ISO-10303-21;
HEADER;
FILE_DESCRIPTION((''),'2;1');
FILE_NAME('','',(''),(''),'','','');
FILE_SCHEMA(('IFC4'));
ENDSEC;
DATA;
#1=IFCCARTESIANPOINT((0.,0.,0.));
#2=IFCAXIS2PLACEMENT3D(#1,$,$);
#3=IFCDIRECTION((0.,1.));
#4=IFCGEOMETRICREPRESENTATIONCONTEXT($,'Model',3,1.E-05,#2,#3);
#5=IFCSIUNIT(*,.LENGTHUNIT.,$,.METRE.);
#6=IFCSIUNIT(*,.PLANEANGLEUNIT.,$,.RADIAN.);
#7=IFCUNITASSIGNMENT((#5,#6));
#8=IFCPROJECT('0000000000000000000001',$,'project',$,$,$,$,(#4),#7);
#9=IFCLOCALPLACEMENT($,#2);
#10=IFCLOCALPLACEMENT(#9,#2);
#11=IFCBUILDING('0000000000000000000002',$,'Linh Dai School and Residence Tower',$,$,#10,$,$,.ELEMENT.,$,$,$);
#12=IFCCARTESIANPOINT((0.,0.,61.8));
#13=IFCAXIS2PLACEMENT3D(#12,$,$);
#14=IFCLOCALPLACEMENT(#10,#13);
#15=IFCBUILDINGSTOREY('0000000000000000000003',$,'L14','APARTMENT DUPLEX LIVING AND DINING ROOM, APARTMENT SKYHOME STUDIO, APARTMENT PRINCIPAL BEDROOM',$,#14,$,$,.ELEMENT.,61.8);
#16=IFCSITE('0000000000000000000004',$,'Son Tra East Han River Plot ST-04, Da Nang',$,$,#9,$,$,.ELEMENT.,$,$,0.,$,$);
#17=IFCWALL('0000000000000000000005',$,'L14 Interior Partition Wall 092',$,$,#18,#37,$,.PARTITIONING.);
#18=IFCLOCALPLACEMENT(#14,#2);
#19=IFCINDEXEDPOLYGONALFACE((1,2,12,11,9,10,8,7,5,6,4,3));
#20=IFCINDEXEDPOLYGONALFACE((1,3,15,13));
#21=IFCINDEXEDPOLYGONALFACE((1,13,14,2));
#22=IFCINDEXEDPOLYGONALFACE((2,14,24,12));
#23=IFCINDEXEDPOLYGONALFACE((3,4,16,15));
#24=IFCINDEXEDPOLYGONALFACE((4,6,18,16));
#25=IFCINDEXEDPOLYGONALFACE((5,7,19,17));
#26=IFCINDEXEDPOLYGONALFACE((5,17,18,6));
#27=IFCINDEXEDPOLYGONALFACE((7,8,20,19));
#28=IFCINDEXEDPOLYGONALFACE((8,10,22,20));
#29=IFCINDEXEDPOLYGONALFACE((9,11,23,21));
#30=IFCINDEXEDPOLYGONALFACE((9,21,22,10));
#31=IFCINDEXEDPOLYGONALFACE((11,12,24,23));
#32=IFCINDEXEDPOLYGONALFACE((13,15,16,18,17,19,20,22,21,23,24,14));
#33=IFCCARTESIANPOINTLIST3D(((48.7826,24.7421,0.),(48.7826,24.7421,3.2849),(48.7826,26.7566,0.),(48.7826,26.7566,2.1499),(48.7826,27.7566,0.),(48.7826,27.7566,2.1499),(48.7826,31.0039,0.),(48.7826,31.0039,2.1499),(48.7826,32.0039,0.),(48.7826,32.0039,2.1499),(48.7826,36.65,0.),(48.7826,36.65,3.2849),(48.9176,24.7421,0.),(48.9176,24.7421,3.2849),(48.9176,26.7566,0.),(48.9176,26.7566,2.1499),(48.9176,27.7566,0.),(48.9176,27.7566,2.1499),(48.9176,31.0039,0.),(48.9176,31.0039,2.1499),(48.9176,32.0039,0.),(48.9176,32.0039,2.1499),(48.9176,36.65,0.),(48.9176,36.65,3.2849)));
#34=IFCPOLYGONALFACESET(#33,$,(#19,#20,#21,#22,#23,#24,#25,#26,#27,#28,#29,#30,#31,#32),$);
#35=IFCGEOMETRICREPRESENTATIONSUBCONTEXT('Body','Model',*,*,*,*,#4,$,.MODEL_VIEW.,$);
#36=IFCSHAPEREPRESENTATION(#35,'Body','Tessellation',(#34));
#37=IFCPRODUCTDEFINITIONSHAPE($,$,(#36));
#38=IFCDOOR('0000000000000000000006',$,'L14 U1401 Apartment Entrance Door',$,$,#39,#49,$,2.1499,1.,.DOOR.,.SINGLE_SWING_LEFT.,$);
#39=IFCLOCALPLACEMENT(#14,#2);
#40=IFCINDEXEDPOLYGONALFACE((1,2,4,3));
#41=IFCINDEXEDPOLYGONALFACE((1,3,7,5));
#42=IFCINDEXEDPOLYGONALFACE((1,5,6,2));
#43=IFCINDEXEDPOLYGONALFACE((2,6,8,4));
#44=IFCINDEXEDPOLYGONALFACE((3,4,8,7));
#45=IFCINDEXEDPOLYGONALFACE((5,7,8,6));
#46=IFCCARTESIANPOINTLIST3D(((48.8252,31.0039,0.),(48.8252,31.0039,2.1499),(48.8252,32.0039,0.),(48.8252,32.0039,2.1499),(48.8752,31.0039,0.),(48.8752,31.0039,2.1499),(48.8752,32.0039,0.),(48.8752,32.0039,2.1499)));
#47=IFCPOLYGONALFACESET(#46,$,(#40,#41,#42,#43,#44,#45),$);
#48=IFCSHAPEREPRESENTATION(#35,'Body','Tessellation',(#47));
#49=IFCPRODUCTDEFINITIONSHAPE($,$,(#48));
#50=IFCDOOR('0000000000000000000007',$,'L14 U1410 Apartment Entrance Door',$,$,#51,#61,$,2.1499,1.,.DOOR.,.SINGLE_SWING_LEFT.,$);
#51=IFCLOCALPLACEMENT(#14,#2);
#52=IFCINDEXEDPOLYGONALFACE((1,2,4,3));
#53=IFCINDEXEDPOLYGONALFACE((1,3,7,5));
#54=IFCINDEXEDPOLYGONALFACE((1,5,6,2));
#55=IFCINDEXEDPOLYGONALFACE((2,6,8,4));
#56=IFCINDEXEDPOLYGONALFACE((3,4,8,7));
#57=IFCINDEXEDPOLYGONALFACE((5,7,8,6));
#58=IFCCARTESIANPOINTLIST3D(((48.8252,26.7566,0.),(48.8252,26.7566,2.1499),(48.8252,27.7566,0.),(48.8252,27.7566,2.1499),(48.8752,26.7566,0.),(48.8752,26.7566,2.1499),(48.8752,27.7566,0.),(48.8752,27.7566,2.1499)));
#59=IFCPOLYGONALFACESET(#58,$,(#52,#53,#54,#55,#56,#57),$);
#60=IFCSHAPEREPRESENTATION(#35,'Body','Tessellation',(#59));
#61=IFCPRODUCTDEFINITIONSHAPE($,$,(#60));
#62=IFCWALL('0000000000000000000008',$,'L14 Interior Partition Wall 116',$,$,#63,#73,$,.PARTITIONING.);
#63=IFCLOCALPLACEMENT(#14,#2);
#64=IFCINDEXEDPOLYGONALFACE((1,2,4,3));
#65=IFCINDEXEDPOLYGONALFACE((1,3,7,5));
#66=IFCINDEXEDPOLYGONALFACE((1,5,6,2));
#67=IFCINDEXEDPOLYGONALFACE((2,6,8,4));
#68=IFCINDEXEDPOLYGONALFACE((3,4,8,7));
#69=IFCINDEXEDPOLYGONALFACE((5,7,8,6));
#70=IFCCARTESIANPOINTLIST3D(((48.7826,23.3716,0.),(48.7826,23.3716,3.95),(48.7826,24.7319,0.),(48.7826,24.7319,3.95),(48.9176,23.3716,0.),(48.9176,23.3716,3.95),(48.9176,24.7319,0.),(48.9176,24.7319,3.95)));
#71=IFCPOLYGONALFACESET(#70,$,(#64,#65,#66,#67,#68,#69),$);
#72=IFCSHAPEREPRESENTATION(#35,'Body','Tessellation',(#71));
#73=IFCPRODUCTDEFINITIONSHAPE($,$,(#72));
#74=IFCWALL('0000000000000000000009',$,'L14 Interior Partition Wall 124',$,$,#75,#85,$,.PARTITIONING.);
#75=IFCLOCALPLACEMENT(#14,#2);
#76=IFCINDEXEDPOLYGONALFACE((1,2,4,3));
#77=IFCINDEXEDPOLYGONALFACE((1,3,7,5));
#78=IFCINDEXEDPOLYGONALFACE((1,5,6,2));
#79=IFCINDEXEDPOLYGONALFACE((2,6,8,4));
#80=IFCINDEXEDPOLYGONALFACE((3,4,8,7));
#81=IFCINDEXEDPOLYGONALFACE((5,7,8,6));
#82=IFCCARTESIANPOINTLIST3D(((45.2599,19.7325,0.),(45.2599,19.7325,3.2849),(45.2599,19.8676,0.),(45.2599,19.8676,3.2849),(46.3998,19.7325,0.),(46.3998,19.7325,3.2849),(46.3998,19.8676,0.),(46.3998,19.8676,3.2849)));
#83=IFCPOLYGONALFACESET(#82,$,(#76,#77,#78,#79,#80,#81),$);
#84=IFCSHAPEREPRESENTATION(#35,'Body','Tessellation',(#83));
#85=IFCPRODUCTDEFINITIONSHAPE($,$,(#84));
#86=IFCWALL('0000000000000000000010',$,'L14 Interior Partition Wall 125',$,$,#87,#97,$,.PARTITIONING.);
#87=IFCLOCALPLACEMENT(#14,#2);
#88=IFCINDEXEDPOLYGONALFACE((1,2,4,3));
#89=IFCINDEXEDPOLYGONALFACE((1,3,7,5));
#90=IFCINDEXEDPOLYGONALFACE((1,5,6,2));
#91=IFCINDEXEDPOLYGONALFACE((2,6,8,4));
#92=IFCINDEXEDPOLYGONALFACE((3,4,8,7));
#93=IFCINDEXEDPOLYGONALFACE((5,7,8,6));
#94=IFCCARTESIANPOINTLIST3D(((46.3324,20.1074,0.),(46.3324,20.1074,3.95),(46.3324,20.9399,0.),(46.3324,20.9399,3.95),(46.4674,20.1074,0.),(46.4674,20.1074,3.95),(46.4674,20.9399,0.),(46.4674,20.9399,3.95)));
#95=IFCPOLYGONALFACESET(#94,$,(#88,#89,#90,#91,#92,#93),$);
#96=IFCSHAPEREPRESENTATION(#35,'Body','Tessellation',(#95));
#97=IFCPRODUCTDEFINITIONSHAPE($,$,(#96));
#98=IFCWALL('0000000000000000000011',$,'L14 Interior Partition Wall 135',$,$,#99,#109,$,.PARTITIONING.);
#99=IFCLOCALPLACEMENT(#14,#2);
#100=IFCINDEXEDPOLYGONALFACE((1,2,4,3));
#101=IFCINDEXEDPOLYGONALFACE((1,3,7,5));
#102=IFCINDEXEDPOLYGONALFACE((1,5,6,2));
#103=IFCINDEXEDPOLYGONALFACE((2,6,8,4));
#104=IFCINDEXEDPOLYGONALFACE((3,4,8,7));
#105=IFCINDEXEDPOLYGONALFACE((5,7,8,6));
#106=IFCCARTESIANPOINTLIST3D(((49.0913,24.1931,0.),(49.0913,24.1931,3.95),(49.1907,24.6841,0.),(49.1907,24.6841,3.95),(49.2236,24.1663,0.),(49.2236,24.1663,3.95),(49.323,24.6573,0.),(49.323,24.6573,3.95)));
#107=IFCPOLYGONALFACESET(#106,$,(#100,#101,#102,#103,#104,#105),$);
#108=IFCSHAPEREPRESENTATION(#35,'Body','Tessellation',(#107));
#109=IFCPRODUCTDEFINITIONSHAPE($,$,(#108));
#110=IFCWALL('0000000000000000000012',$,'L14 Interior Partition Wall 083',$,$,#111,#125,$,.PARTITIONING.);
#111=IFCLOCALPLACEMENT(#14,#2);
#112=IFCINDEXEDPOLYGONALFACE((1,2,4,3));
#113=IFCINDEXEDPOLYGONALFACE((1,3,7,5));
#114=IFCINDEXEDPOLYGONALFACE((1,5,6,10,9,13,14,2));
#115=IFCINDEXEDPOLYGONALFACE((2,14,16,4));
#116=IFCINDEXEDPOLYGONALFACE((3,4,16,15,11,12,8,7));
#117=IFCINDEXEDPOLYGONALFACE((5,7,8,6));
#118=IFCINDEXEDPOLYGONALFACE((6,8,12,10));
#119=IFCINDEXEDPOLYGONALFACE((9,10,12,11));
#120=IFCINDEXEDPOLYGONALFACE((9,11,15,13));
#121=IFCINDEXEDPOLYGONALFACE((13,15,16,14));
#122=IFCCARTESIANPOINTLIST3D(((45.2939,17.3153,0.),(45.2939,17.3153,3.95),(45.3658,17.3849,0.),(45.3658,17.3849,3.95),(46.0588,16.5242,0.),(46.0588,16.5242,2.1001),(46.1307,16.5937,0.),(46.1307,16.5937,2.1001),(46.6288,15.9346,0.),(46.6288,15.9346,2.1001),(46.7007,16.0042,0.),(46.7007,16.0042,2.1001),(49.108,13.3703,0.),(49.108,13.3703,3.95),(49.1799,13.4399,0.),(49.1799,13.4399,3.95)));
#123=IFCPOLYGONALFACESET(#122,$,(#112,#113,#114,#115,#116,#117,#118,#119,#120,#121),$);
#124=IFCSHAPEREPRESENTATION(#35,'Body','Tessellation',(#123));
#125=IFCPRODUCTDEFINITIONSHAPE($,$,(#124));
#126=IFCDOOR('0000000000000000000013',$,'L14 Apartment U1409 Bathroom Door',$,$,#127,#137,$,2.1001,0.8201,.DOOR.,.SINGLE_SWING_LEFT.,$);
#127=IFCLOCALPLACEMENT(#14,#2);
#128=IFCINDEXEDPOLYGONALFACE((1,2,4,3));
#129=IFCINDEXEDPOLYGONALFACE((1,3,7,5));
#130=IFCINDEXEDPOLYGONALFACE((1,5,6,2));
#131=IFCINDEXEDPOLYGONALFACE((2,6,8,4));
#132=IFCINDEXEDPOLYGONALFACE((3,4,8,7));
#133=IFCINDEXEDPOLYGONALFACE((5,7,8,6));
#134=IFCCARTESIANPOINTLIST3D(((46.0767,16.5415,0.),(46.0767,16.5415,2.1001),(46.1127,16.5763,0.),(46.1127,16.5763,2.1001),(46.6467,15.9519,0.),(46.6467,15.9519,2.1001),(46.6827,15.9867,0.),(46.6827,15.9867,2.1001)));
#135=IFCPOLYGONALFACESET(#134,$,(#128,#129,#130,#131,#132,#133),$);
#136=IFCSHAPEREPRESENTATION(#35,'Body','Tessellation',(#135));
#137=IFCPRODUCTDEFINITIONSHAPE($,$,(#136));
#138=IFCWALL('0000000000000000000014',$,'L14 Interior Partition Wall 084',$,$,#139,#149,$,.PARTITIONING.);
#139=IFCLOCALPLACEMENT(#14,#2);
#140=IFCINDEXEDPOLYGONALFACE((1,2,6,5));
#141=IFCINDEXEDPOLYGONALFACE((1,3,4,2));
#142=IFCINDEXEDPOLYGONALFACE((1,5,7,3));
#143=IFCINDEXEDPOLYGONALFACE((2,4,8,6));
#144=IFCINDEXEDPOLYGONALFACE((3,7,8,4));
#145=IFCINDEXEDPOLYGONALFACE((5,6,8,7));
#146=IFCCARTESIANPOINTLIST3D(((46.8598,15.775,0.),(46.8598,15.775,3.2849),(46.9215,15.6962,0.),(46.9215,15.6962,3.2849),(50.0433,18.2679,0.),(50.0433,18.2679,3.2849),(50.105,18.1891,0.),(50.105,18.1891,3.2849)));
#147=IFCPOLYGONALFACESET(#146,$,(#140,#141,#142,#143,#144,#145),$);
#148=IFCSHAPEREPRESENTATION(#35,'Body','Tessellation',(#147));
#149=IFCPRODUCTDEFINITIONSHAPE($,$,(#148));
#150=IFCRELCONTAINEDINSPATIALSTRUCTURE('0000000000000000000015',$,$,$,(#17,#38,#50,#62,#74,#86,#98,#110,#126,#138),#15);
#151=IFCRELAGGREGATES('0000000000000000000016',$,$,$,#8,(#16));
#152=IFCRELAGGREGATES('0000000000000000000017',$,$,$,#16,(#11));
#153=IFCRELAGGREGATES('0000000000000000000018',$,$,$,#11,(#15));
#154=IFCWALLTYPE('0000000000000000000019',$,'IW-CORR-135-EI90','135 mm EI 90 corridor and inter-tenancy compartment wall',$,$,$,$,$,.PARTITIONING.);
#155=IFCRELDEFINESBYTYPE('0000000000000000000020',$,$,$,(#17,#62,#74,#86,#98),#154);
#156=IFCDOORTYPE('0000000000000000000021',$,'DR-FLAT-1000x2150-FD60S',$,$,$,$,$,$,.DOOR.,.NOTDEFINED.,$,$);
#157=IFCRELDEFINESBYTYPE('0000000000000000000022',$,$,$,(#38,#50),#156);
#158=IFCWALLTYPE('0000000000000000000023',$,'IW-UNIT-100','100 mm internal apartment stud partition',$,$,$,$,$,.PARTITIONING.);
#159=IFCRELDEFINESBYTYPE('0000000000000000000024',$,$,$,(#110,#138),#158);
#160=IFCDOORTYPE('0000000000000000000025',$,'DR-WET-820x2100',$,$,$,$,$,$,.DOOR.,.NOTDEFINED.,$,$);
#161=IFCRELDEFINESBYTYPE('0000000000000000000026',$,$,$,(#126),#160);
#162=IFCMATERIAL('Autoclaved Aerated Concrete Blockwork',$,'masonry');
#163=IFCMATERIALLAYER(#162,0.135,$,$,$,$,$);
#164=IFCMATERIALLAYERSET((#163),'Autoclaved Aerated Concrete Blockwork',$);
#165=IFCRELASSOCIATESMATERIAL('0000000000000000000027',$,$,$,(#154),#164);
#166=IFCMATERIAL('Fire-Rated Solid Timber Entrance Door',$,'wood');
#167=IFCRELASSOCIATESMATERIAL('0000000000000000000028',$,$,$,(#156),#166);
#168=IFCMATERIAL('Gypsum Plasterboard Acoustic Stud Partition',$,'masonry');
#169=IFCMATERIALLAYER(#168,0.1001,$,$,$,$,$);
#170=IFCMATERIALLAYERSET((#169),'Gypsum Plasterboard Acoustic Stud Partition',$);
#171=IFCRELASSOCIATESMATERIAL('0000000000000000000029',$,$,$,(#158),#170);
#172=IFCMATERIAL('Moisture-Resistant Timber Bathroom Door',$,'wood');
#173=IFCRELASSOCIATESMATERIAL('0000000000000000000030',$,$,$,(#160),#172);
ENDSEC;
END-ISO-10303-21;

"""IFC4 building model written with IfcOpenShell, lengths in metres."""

from ifc_helpers import new_model, si_unit, direction, frame, frame_2d, origin, origin_2d, place, context, subcontext, project, spatial, rectangle, extrude, source, transform, mapped, material, layer, layer_set, type_object, element, fill, save


model = new_model("IFC4")

# Units and contexts
model_context = context("Model", 3, precision=1e-05, world=origin(), true_north=direction((0.0, 1.0)))
body_context = subcontext(model_context, "Body", "Model", "MODEL_VIEW")
ifc_project = project(units=[si_unit("LENGTHUNIT", "METRE"), si_unit("PLANEANGLEUNIT", "RADIAN")], contexts=[model_context])

# Site, building, storey
site_placement = place(None, origin())
site = spatial("IfcSite", under=ifc_project, at=site_placement, Name="Son Tra East Han River Plot ST-04, Da Nang", CompositionType="ELEMENT", RefElevation=0.0)
building_placement = place(site_placement, origin())
building = spatial("IfcBuilding", under=site, at=building_placement, Name="Linh Dai School and Residence Tower", CompositionType="ELEMENT")
storey_placement = place(building_placement, frame((0.0, 0.0, 61.8)))
storey = spatial("IfcBuildingStorey", under=building, at=storey_placement, Name="L14", Description="APARTMENT DUPLEX LIVING AND DINING ROOM, APARTMENT SKYHOME STUDIO, APARTMENT PRINCIPAL BEDROOM", CompositionType="ELEMENT", Elevation=61.8)

# Shared definitions
ifc_material_1 = material(Name="Autoclaved Aerated Concrete Blockwork", Category="masonry")
ifc_layer_1 = layer(ifc_material_1, 0.135)
ifc_layer_set_1 = layer_set([ifc_layer_1], Name="Autoclaved Aerated Concrete Blockwork")
wall_type_1 = type_object("IfcWallType", Name="IW-CORR-135-EI90", Description="135 mm EI 90 corridor and inter-tenancy compartment wall", PredefinedType="PARTITIONING", material=ifc_layer_set_1)

# Wall, openings, doors
wall_1_placement = place(storey_placement, frame((48.8501, 24.7419, 0.0), z_axis=(0.0, 0.0, 1.0), x_axis=(0.0, 1.0, 0.0)))
wall_1 = element("IfcWall", 1, at=wall_1_placement, inside=storey, type_object=wall_type_1, Name="L14 Interior Partition Wall 092", PredefinedType="PARTITIONING", context=body_context, shape_type="SweptSolid", body=[
    extrude(rectangle(XDim=11.908, YDim=0.135, at=frame_2d((5.9541, 0.0))), origin(), (0.0, 0.0, 1.0), 3.2849),
])
opening_1_placement = place(wall_1_placement, frame((6.262, 0.0, 0.0)))
opening_1 = element("IfcOpeningElement", 2, at=opening_1_placement, cuts=wall_1, PredefinedType="OPENING", context=body_context, shape_type="SweptSolid", body=[
    extrude(rectangle(XDim=1.0, YDim=2.1499, at=origin_2d()), frame((0.5, 0.0776, 1.075), z_axis=(0.0, -1.0, 0.0), x_axis=(1.0, 0.0, 0.0)), (0.0, 0.0, 1.0), 0.155),
])
opening_2_placement = place(wall_1_placement, frame((2.0146, 0.0, 0.0)))
opening_2 = element("IfcOpeningElement", 3, at=opening_2_placement, cuts=wall_1, PredefinedType="OPENING", context=body_context, shape_type="SweptSolid", body=[
    extrude(rectangle(XDim=1.0, YDim=2.1499, at=origin_2d()), frame((0.5, 0.0776, 1.075), z_axis=(0.0, -1.0, 0.0), x_axis=(1.0, 0.0, 0.0)), (0.0, 0.0, 1.0), 0.155),
])
ifc_material_2 = material(Name="Fire-Rated Solid Timber Entrance Door", Category="wood")
door_type_1 = type_object("IfcDoorType", Name="DR-FLAT-1000x2150-FD60S", OperationType="NOTDEFINED", PredefinedType="DOOR", material=ifc_material_2)
shared_shape_1 = source(origin(), body_context, "Body", "SweptSolid", [
    extrude(rectangle(XDim=1.0, YDim=2.1499, at=origin_2d()), frame((0.5, 0.0249, 1.075), z_axis=(0.0, -1.0, 0.0), x_axis=(1.0, 0.0, 0.0)), (0.0, 0.0, 1.0), 0.05),
])
door_1_placement = place(opening_1_placement, origin())
door_1 = element("IfcDoor", 4, at=door_1_placement, inside=storey, type_object=door_type_1, Name="L14 U1401 Apartment Entrance Door", OperationType="SINGLE_SWING_LEFT", OverallHeight=2.1499, OverallWidth=1.0, PredefinedType="DOOR", context=body_context, shape_type="MappedRepresentation", body=[
    mapped(shared_shape_1, transform((0.0, 0.0, 0.0), x_axis=(1.0, 0.0, 0.0), y_axis=(0.0, 1.0, 0.0), z_axis=(0.0, 0.0, 1.0), scale=1.0)),
])
fill(opening_1, door_1)
door_2_placement = place(opening_2_placement, origin())
door_2 = element("IfcDoor", 5, at=door_2_placement, inside=storey, type_object=door_type_1, Name="L14 U1410 Apartment Entrance Door", OperationType="SINGLE_SWING_LEFT", OverallHeight=2.1499, OverallWidth=1.0, PredefinedType="DOOR", context=body_context, shape_type="MappedRepresentation", body=[
    mapped(shared_shape_1, transform((0.0, 0.0, 0.0), x_axis=(1.0, 0.0, 0.0), y_axis=(0.0, 1.0, 0.0), z_axis=(0.0, 0.0, 1.0), scale=1.0)),
])
fill(opening_2, door_2)

# Walls
wall_2_placement = place(storey_placement, frame((48.8501, 24.7319, 0.0), z_axis=(0.0, 0.0, 1.0), x_axis=(0.0, -1.0, 0.0)))
element("IfcWall", 6, at=wall_2_placement, inside=storey, type_object=wall_type_1, Name="L14 Interior Partition Wall 116", PredefinedType="PARTITIONING", context=body_context, shape_type="SweptSolid", body=[
    extrude(rectangle(XDim=1.3604, YDim=0.135, at=frame_2d((0.6802, 0.0))), origin(), (0.0, 0.0, 1.0), 3.95),
])
wall_3_placement = place(storey_placement, frame((45.26, 19.8, 0.0), z_axis=(0.0, 0.0, 1.0), x_axis=(1.0, 0.0, 0.0)))
element("IfcWall", 7, at=wall_3_placement, inside=storey, type_object=wall_type_1, Name="L14 Interior Partition Wall 124", PredefinedType="PARTITIONING", context=body_context, shape_type="SweptSolid", body=[
    extrude(rectangle(XDim=1.1399, YDim=0.135, at=frame_2d((0.5698, 0.0))), origin(), (0.0, 0.0, 1.0), 3.2849),
])
wall_4_placement = place(storey_placement, frame((46.3999, 20.1074, 0.0), z_axis=(0.0, 0.0, 1.0), x_axis=(0.0, 1.0, 0.0)))
element("IfcWall", 8, at=wall_4_placement, inside=storey, type_object=wall_type_1, Name="L14 Interior Partition Wall 125", PredefinedType="PARTITIONING", context=body_context, shape_type="SweptSolid", body=[
    extrude(rectangle(XDim=0.8325, YDim=0.135, at=frame_2d((0.4163, 0.0))), origin(), (0.0, 0.0, 1.0), 3.95),
])
wall_5_placement = place(storey_placement, frame((49.1575, 24.1797, 0.0), z_axis=(0.0, 0.0, 1.0), x_axis=(0.198365, 0.980128, 0.0)))
element("IfcWall", 9, at=wall_5_placement, inside=storey, type_object=wall_type_1, Name="L14 Interior Partition Wall 135", PredefinedType="PARTITIONING", context=body_context, shape_type="SweptSolid", body=[
    extrude(rectangle(XDim=0.501, YDim=0.135, at=frame_2d((0.2505, 0.0))), origin(), (0.0, 0.0, 1.0), 3.95),
])

# Wall, opening, door
ifc_material_3 = material(Name="Gypsum Plasterboard Acoustic Stud Partition", Category="masonry")
ifc_layer_2 = layer(ifc_material_3, 0.1001)
ifc_layer_set_2 = layer_set([ifc_layer_2], Name="Gypsum Plasterboard Acoustic Stud Partition")
wall_type_2 = type_object("IfcWallType", Name="IW-UNIT-100", Description="100 mm internal apartment stud partition", PredefinedType="PARTITIONING", material=ifc_layer_set_2)
wall_6_placement = place(storey_placement, frame((45.3298, 17.3501, 0.0), z_axis=(0.0, 0.0, 1.0), x_axis=(0.695083, -0.71893, 0.0)))
wall_6 = element("IfcWall", 10, at=wall_6_placement, inside=storey, type_object=wall_type_2, Name="L14 Interior Partition Wall 083", PredefinedType="PARTITIONING", context=body_context, shape_type="SweptSolid", body=[
    extrude(rectangle(XDim=5.4873, YDim=0.1001, at=frame_2d((2.7437, 0.0))), origin(), (0.0, 0.0, 1.0), 3.95),
])
opening_3_placement = place(wall_6_placement, frame((1.1003, 0.0, 0.0)))
opening_3 = element("IfcOpeningElement", 11, at=opening_3_placement, cuts=wall_6, PredefinedType="OPENING", context=body_context, shape_type="SweptSolid", body=[
    extrude(rectangle(XDim=0.8201, YDim=2.1001, at=origin_2d()), frame((0.4102, 0.0601, 1.05), z_axis=(0.0, -1.0, 0.0), x_axis=(1.0, 0.0, 0.0)), (0.0, 0.0, 1.0), 0.1201),
])
ifc_material_4 = material(Name="Moisture-Resistant Timber Bathroom Door", Category="wood")
door_type_2 = type_object("IfcDoorType", Name="DR-WET-820x2100", OperationType="NOTDEFINED", PredefinedType="DOOR", material=ifc_material_4)
shared_shape_2 = source(origin(), body_context, "Body", "SweptSolid", [
    extrude(rectangle(XDim=0.8201, YDim=2.1001, at=origin_2d()), frame((0.4102, 0.0249, 1.05), z_axis=(0.0, -1.0, 0.0), x_axis=(1.0, 0.0, 0.0)), (0.0, 0.0, 1.0), 0.05),
])
door_3_placement = place(opening_3_placement, origin())
door_3 = element("IfcDoor", 12, at=door_3_placement, inside=storey, type_object=door_type_2, Name="L14 Apartment U1409 Bathroom Door", OperationType="SINGLE_SWING_LEFT", OverallHeight=2.1001, OverallWidth=0.8201, PredefinedType="DOOR", context=body_context, shape_type="MappedRepresentation", body=[
    mapped(shared_shape_2, transform((0.0, 0.0, 0.0), x_axis=(1.0, 0.0, 0.0), y_axis=(0.0, 1.0, 0.0), z_axis=(0.0, 0.0, 1.0), scale=1.0)),
])
fill(opening_3, door_3)

# Wall
wall_7_placement = place(storey_placement, frame((46.8906, 15.7356, 0.0), z_axis=(0.0, 0.0, 1.0), x_axis=(0.787336, 0.616525, 0.0)))
element("IfcWall", 13, at=wall_7_placement, inside=storey, type_object=wall_type_2, Name="L14 Interior Partition Wall 084", PredefinedType="PARTITIONING", context=body_context, shape_type="SweptSolid", body=[
    extrude(rectangle(XDim=4.0435, YDim=0.1001, at=frame_2d((2.0217, 0.0))), origin(), (0.0, 0.0, 1.0), 3.2849),
])

save(model, "model.ifc")
